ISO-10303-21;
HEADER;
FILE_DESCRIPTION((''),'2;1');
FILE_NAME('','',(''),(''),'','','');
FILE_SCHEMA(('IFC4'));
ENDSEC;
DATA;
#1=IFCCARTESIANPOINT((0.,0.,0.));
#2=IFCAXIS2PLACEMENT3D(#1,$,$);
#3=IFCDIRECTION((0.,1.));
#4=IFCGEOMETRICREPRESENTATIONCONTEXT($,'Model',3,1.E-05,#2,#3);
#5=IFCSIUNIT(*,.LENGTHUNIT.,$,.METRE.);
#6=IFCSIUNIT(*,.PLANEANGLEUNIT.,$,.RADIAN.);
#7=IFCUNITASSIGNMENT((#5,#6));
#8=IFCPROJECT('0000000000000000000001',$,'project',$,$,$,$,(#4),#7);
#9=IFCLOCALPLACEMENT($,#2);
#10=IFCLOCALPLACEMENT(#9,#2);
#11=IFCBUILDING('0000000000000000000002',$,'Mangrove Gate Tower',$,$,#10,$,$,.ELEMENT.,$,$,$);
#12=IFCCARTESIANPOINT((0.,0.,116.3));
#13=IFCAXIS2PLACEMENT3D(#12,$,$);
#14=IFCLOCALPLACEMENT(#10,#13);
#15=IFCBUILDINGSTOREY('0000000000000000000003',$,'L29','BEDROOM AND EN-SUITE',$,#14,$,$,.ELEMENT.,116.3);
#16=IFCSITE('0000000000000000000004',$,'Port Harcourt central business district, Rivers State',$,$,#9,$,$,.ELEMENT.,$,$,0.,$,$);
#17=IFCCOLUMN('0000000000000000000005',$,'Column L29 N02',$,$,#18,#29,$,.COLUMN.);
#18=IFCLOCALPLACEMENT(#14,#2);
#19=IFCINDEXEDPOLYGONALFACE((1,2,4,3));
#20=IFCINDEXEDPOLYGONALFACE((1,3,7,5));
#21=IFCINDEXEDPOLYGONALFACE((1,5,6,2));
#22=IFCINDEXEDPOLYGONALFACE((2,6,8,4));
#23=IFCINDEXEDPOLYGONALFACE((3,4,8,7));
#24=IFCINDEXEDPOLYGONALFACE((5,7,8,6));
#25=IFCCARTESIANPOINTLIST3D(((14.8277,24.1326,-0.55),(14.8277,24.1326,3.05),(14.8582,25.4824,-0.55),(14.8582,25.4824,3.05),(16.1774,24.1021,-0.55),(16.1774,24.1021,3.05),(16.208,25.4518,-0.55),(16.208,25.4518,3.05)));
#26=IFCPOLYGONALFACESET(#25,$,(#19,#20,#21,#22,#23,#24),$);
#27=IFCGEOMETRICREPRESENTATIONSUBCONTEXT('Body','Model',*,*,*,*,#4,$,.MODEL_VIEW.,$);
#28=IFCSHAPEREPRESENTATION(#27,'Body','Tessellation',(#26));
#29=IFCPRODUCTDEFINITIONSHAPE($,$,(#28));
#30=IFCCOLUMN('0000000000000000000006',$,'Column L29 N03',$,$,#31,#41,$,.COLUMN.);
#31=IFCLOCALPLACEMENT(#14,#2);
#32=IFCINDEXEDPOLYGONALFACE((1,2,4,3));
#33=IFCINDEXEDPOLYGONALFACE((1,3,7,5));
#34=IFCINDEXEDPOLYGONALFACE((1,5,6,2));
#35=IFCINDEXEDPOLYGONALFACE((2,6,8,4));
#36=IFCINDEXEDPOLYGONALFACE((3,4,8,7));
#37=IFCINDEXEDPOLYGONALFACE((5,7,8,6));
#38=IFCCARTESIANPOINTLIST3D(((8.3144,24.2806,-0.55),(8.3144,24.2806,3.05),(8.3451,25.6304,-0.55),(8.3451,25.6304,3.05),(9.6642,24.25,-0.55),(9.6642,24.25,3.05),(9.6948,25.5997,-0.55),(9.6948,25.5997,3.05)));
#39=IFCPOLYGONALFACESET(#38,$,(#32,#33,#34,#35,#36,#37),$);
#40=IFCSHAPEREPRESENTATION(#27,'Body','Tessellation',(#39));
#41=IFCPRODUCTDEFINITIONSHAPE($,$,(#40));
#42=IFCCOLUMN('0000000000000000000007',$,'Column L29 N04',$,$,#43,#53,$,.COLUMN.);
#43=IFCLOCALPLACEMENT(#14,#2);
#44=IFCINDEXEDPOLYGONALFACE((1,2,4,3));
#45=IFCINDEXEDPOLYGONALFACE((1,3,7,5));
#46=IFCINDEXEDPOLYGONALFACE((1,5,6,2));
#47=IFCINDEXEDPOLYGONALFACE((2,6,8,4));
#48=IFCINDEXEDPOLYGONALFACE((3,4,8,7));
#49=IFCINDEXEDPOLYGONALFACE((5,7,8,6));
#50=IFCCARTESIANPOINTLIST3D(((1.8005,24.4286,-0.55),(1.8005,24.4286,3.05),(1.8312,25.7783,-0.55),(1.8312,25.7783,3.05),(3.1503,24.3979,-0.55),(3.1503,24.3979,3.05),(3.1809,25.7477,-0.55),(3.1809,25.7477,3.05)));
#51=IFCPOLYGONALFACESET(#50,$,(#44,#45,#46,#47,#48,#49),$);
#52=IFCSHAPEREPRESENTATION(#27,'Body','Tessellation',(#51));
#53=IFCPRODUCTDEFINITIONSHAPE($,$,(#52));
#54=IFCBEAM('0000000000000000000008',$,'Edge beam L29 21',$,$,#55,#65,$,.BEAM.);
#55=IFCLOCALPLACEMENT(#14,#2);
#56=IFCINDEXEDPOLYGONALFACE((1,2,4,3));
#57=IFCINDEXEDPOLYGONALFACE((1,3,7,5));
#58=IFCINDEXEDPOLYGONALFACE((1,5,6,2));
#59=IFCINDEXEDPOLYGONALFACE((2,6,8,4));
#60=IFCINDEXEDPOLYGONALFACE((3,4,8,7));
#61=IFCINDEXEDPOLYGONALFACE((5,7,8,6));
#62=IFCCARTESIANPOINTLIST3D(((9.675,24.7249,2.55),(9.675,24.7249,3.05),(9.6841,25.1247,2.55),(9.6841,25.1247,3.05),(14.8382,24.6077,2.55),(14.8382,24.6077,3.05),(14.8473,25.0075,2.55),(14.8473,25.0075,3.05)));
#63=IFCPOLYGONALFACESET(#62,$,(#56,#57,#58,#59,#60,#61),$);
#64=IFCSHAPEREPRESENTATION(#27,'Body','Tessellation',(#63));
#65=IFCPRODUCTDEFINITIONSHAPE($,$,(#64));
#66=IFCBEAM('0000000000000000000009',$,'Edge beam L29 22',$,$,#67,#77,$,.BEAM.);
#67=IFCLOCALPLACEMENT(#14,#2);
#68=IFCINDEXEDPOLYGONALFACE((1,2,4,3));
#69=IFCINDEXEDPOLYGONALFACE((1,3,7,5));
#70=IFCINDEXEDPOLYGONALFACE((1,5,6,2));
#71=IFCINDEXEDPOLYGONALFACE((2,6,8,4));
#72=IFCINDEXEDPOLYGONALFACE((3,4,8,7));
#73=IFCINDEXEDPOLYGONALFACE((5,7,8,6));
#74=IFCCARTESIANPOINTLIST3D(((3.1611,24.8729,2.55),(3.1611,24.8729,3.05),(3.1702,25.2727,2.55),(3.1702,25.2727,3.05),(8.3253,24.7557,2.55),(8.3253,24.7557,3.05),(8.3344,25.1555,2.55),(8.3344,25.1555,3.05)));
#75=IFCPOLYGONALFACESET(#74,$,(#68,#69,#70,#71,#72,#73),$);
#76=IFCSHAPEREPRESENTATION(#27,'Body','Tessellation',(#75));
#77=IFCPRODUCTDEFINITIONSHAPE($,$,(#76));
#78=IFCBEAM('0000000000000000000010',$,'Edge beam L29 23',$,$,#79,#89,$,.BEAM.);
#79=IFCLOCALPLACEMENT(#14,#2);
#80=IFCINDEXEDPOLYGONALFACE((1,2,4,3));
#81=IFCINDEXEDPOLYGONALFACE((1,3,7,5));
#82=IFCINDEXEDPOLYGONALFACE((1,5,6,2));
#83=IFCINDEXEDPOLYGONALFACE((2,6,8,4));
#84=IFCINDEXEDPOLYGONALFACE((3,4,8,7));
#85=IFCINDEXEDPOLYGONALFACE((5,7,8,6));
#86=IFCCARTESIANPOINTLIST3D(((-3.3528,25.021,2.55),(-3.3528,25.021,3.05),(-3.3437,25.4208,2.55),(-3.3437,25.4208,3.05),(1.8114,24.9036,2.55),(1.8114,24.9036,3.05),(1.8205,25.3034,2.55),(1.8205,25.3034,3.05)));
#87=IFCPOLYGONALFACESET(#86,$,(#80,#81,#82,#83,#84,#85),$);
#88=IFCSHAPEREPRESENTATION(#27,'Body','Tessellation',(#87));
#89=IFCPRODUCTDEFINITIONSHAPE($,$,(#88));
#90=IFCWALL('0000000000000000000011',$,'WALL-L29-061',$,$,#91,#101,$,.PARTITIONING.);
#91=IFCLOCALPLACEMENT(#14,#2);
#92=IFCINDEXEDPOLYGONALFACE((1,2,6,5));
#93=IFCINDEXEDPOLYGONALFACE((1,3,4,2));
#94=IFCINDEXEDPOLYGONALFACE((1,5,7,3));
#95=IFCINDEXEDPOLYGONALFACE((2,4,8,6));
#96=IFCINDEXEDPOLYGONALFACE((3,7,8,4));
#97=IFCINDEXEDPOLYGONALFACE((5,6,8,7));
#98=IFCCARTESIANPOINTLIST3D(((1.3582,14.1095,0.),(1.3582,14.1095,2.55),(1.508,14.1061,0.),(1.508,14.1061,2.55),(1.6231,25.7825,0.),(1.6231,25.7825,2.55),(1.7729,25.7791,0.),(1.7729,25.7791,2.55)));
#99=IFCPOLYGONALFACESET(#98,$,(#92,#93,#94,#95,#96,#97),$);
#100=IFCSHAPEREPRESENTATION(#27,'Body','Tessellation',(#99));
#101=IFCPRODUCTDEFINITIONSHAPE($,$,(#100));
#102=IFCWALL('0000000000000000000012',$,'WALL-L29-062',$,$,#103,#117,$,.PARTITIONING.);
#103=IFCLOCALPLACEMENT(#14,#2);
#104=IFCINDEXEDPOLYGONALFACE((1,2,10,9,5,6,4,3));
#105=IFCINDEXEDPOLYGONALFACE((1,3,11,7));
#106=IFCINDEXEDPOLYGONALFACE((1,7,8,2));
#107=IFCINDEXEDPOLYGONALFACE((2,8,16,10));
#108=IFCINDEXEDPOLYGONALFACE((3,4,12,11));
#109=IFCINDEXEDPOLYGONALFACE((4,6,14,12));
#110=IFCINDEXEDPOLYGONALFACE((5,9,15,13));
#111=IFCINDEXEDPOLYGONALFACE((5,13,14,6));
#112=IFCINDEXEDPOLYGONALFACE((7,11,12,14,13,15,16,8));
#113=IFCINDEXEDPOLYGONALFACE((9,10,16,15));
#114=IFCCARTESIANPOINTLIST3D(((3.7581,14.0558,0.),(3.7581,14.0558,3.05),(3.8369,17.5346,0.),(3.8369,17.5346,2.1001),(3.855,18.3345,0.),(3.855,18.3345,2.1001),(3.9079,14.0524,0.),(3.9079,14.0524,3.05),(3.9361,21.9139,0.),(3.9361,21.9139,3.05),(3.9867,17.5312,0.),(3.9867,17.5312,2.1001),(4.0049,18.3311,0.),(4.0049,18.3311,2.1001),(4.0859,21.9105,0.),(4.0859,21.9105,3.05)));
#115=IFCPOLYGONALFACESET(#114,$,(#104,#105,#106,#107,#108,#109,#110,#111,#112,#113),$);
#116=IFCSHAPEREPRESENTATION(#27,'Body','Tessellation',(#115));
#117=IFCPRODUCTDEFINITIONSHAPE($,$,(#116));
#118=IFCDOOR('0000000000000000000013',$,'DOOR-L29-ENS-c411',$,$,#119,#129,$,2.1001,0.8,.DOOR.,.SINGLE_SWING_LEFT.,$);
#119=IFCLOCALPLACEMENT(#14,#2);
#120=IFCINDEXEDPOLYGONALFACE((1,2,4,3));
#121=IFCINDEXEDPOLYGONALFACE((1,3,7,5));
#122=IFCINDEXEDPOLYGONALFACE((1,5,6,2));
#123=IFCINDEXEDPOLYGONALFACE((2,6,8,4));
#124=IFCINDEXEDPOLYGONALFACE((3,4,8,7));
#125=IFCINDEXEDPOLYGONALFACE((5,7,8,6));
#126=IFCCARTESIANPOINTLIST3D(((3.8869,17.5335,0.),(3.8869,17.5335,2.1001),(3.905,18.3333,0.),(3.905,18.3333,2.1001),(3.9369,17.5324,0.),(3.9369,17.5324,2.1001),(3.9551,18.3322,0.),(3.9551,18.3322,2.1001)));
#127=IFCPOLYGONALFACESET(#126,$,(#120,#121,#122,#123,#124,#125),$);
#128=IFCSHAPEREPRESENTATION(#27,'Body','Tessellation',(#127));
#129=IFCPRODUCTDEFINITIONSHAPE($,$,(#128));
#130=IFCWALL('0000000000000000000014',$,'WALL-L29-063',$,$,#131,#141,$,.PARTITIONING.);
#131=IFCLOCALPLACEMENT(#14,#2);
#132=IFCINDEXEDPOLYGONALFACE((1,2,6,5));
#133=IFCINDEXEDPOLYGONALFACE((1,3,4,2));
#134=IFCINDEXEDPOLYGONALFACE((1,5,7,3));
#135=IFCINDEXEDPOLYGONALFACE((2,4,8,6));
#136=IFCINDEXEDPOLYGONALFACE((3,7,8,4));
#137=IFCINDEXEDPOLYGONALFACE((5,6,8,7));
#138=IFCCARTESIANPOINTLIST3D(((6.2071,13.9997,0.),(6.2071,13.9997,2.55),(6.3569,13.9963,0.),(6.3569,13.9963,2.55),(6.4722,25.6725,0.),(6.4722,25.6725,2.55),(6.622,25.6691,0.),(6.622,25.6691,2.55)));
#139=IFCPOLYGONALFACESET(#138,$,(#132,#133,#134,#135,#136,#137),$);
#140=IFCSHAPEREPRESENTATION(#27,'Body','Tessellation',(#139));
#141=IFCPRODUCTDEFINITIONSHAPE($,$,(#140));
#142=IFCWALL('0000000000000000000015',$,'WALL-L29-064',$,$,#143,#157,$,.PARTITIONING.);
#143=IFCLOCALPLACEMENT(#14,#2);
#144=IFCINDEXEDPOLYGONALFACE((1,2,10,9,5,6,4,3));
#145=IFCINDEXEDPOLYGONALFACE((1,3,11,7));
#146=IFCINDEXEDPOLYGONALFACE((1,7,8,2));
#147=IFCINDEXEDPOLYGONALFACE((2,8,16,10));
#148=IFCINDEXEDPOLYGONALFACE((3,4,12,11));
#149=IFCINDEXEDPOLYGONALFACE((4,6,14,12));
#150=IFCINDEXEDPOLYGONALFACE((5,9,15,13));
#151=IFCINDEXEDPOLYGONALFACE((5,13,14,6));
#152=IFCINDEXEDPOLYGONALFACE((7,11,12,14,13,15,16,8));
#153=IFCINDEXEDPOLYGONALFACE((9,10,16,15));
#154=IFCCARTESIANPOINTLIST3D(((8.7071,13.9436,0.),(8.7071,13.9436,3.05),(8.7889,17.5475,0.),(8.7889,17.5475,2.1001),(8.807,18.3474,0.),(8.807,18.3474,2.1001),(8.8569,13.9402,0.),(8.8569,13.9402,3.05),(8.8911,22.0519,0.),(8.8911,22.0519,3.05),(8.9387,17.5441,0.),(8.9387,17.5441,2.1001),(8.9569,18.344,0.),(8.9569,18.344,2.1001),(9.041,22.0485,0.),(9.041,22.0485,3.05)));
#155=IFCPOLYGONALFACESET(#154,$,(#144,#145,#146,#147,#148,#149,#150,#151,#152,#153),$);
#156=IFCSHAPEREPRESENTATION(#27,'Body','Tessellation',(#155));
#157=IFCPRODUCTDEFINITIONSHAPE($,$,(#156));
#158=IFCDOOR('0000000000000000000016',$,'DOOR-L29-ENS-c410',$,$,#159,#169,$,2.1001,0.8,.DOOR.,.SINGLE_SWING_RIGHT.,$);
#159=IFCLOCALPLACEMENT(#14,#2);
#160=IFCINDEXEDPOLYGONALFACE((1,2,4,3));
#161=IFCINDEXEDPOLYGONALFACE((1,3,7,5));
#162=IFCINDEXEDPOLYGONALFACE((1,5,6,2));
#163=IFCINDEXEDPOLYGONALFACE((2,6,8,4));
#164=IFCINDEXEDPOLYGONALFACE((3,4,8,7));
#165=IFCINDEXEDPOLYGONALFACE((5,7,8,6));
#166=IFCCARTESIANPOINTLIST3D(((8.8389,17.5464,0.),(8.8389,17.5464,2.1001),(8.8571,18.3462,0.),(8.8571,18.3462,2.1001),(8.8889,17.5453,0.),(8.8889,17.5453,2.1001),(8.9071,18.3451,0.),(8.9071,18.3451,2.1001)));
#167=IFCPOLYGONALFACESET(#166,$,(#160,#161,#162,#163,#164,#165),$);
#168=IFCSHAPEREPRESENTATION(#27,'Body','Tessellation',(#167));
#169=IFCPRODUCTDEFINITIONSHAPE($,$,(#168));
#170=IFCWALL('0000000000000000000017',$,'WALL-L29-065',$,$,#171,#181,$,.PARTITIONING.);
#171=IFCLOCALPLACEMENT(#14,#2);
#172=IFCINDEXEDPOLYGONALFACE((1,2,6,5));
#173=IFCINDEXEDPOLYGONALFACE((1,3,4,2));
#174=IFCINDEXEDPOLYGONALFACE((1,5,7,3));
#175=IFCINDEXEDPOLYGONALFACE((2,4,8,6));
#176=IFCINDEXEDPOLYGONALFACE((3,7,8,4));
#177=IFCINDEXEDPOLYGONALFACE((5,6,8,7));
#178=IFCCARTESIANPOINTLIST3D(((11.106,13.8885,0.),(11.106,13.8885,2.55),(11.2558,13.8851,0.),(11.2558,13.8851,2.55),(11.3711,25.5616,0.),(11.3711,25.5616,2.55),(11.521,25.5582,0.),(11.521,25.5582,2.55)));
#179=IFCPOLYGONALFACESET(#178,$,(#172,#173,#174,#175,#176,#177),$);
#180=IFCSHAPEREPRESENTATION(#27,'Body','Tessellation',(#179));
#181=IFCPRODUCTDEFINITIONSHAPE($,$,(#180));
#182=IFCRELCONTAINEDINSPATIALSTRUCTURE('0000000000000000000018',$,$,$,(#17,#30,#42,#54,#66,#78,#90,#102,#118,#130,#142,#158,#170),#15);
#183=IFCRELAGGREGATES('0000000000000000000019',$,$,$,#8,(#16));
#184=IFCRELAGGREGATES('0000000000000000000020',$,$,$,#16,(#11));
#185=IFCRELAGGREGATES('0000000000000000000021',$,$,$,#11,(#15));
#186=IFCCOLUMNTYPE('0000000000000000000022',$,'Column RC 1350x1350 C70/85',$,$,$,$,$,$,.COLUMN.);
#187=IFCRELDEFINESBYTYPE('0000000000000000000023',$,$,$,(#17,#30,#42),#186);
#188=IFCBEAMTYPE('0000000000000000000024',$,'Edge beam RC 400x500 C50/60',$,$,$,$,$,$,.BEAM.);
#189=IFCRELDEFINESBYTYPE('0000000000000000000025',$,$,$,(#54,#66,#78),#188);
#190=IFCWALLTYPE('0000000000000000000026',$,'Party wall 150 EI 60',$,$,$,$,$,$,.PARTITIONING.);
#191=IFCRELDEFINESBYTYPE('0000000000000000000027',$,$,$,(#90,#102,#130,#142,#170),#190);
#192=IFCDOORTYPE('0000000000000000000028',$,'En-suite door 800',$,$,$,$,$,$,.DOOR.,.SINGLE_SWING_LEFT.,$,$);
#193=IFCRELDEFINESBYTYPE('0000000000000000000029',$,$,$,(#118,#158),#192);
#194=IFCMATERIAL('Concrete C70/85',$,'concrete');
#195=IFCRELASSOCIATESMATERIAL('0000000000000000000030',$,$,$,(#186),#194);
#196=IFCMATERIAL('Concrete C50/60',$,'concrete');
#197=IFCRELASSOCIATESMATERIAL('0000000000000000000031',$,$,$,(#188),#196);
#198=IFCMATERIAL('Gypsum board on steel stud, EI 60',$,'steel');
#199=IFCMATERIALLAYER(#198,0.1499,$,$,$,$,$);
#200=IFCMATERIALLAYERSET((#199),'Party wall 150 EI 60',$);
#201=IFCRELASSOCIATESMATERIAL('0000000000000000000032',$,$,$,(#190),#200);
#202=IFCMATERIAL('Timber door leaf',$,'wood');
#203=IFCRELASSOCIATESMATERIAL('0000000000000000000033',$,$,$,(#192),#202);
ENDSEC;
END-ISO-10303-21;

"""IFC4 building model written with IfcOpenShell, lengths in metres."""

from ifc_helpers import new_model, si_unit, direction, frame, frame_2d, origin, origin_2d, place, context, subcontext, project, spatial, rectangle, extrude, material, layer, layer_set, material_profile, profile_set, type_object, element, fill, save


model = new_model("IFC4")

# Units and contexts
model_context = context("Model", 3, precision=1e-05, world=origin(), true_north=direction((0.0, 1.0)))
body_context = subcontext(model_context, "Body", "Model", "MODEL_VIEW")
ifc_project = project(units=[si_unit("LENGTHUNIT", "METRE"), si_unit("PLANEANGLEUNIT", "RADIAN")], contexts=[model_context])

# Site, building, storey
site_placement = place(None, origin())
site = spatial("IfcSite", under=ifc_project, at=site_placement, Name="Port Harcourt central business district, Rivers State", CompositionType="ELEMENT", RefElevation=0.0)
building_placement = place(site_placement, origin())
building = spatial("IfcBuilding", under=site, at=building_placement, Name="Mangrove Gate Tower", CompositionType="ELEMENT")
storey_placement = place(building_placement, frame((0.0, 0.0, 116.3)))
storey = spatial("IfcBuildingStorey", under=building, at=storey_placement, Name="L29", Description="BEDROOM AND EN-SUITE", CompositionType="ELEMENT", Elevation=116.3)

# Columns
ifc_material_1 = material(Name="Concrete C70/85", Category="concrete")
ifc_material_profile_1 = material_profile(ifc_material_1, rectangle(XDim=1.3501, YDim=1.3501, at=origin_2d()))
ifc_profile_set_1 = profile_set([ifc_material_profile_1], Name="Concrete C70/85")
column_type = type_object("IfcColumnType", Name="Column RC 1350x1350 C70/85", PredefinedType="COLUMN", material=ifc_profile_set_1)
for number, where, z_axis, x_axis, name in (
    (1, (15.5178, 24.7922, -0.55), (0.0, 0.0, 1.0), (-0.999744, 0.022639, 0.0), "Column L29 N02"),
    (2, (9.0046, 24.9402, -0.55), (0.0, 0.0, 1.0), (-0.999742, 0.022716, 0.0), "Column L29 N03"),
    (3, (2.4907, 25.0881, -0.55), (0.0, 0.0, 1.0), (-0.999742, 0.022714, 0.0), "Column L29 N04"),
):
    element("IfcColumn", number, at=place(storey_placement, frame(where, z_axis=z_axis, x_axis=x_axis)), inside=storey, type_object=column_type, Name=name, PredefinedType="COLUMN", context=body_context, shape_type="SweptSolid", body=[
        extrude(rectangle(XDim=1.3501, YDim=1.3501, at=origin_2d()), origin(), (0.0, 0.0, 1.0), 3.6001),
    ])

# Beams
ifc_material_2 = material(Name="Concrete C50/60", Category="concrete")
ifc_material_profile_2 = material_profile(ifc_material_2, rectangle(XDim=0.3999, YDim=0.5, at=origin_2d()))
ifc_profile_set_2 = profile_set([ifc_material_profile_2], Name="Concrete C50/60")
beam_type = type_object("IfcBeamType", Name="Edge beam RC 400x500 C50/60", PredefinedType="BEAM", material=ifc_profile_set_2)
beam_placement = place(storey_placement, frame((14.8428, 24.8076, 2.8), z_axis=(-0.999743, 0.02269, 0.0), x_axis=(-0.02269, -0.999743, 0.0)))
element("IfcBeam", 4, at=beam_placement, inside=storey, type_object=beam_type, Name="Edge beam L29 21", PredefinedType="BEAM", context=body_context, shape_type="SweptSolid", body=[
    extrude(rectangle(XDim=0.3999, YDim=0.5, at=origin_2d()), origin(), (0.0, 0.0, 1.0), 5.1646),
])
for number, where, z_axis, x_axis, name in (
    (5, (8.3298, 24.9556, 2.8), (-0.999743, 0.022686, 0.0), (-0.022686, -0.999743, 0.0), "Edge beam L29 22"),
    (6, (1.8159, 25.1035, 2.8), (-0.999742, 0.022733, 0.0), (-0.022733, -0.999742, 0.0), "Edge beam L29 23"),
):
    element("IfcBeam", number, at=place(storey_placement, frame(where, z_axis=z_axis, x_axis=x_axis)), inside=storey, type_object=beam_type, Name=name, PredefinedType="BEAM", context=body_context, shape_type="SweptSolid", body=[
        extrude(rectangle(XDim=0.3999, YDim=0.5, at=origin_2d()), origin(), (0.0, 0.0, 1.0), 5.1655),
    ])

# Wall
ifc_material_3 = material(Name="Gypsum board on steel stud, EI 60", Category="steel")
ifc_layer = layer(ifc_material_3, 0.1499)
ifc_layer_set = layer_set([ifc_layer], Name="Party wall 150 EI 60")
wall_type = type_object("IfcWallType", Name="Party wall 150 EI 60", PredefinedType="PARTITIONING", material=ifc_layer_set)
wall_1_placement = place(storey_placement, frame((1.4331, 14.1079, 0.0), z_axis=(0.0, 0.0, 1.0), x_axis=(0.022687, 0.999743, 0.0)))
element("IfcWall", 7, at=wall_1_placement, inside=storey, type_object=wall_type, Name="WALL-L29-061", PredefinedType="PARTITIONING", context=body_context, shape_type="SweptSolid", body=[
    extrude(rectangle(XDim=11.676, YDim=0.1499, at=frame_2d((5.8379, 0.0))), origin(), (0.0, 0.0, 1.0), 2.55),
])

# Wall, opening, door
wall_2_placement = place(storey_placement, frame((3.833, 14.054, 0.0), z_axis=(0.0, 0.0, 1.0), x_axis=(0.022643, 0.999744, 0.0)))
wall_2 = element("IfcWall", 8, at=wall_2_placement, inside=storey, type_object=wall_type, Name="WALL-L29-062", PredefinedType="PARTITIONING", context=body_context, shape_type="SweptSolid", body=[
    extrude(rectangle(XDim=7.8601, YDim=0.1499, at=frame_2d((3.9302, 0.0))), origin(), (0.0, 0.0, 1.0), 3.05),
])
opening_1_placement = place(wall_2_placement, frame((3.48, 0.0, 0.0)))
opening_1 = element("IfcOpeningElement", 9, at=opening_1_placement, cuts=wall_2, PredefinedType="OPENING", context=body_context, shape_type="SweptSolid", body=[
    extrude(rectangle(XDim=0.8, YDim=2.1001, at=frame_2d((0.3999, 1.05))), frame((0.0, 0.085, 0.0), z_axis=(0.0, -1.0, 0.0), x_axis=(1.0, 0.0, 0.0)), (0.0, 0.0, 1.0), 0.1699),
])
ifc_material_4 = material(Name="Timber door leaf", Category="wood")
door_type = type_object("IfcDoorType", Name="En-suite door 800", OperationType="SINGLE_SWING_LEFT", PredefinedType="DOOR", material=ifc_material_4)
door_1_placement = place(opening_1_placement, origin())
door_1 = element("IfcDoor", 10, at=door_1_placement, inside=storey, type_object=door_type, Name="DOOR-L29-ENS-c411", OperationType="SINGLE_SWING_LEFT", OverallHeight=2.1001, OverallWidth=0.8, PredefinedType="DOOR", context=body_context, shape_type="SweptSolid", body=[
    extrude(rectangle(XDim=0.8, YDim=2.1001, at=frame_2d((0.3999, 1.05))), frame((0.0, 0.0249, 0.0), z_axis=(0.0, -1.0, 0.0), x_axis=(1.0, 0.0, 0.0)), (0.0, 0.0, 1.0), 0.05),
])
fill(opening_1, door_1)

# Wall
wall_3_placement = place(storey_placement, frame((6.282, 13.998, 0.0), z_axis=(0.0, 0.0, 1.0), x_axis=(0.022708, 0.999742, 0.0)))
element("IfcWall", 11, at=wall_3_placement, inside=storey, type_object=wall_type, Name="WALL-L29-063", PredefinedType="PARTITIONING", context=body_context, shape_type="SweptSolid", body=[
    extrude(rectangle(XDim=11.6758, YDim=0.1499, at=frame_2d((5.8379, 0.0))), origin(), (0.0, 0.0, 1.0), 2.55),
])

# Wall, opening, door
wall_4_placement = place(storey_placement, frame((8.782, 13.9419, 0.0), z_axis=(0.0, 0.0, 1.0), x_axis=(0.022697, 0.999742, 0.0)))
wall_4 = element("IfcWall", 12, at=wall_4_placement, inside=storey, type_object=wall_type, Name="WALL-L29-064", PredefinedType="PARTITIONING", context=body_context, shape_type="SweptSolid", body=[
    extrude(rectangle(XDim=8.1104, YDim=0.1499, at=frame_2d((4.0552, 0.0))), origin(), (0.0, 0.0, 1.0), 3.05),
])
opening_2_placement = place(wall_4_placement, frame((3.605, 0.0, 0.0)))
opening_2 = element("IfcOpeningElement", 13, at=opening_2_placement, cuts=wall_4, PredefinedType="OPENING", context=body_context, shape_type="SweptSolid", body=[
    extrude(rectangle(XDim=0.8, YDim=2.1001, at=frame_2d((0.3999, 1.05))), frame((0.0, 0.085, 0.0), z_axis=(0.0, -1.0, 0.0), x_axis=(1.0, 0.0, 0.0)), (0.0, 0.0, 1.0), 0.1699),
])
door_2_placement = place(opening_2_placement, origin())
door_2 = element("IfcDoor", 14, at=door_2_placement, inside=storey, type_object=door_type, Name="DOOR-L29-ENS-c410", OperationType="SINGLE_SWING_RIGHT", OverallHeight=2.1001, OverallWidth=0.8, PredefinedType="DOOR", context=body_context, shape_type="SweptSolid", body=[
    extrude(rectangle(XDim=0.8, YDim=2.1001, at=frame_2d((0.3999, 1.05))), frame((0.0, 0.0249, 0.0), z_axis=(0.0, -1.0, 0.0), x_axis=(1.0, 0.0, 0.0)), (0.0, 0.0, 1.0), 0.05),
])
fill(opening_2, door_2)

# Wall
wall_5_placement = place(storey_placement, frame((11.1809, 13.887, 0.0), z_axis=(0.0, 0.0, 1.0), x_axis=(0.022708, 0.999742, 0.0)))
element("IfcWall", 15, at=wall_5_placement, inside=storey, type_object=wall_type, Name="WALL-L29-065", PredefinedType="PARTITIONING", context=body_context, shape_type="SweptSolid", body=[
    extrude(rectangle(XDim=11.676, YDim=0.1499, at=frame_2d((5.8379, 0.0))), origin(), (0.0, 0.0, 1.0), 2.55),
])

save(model, "model.ifc")
